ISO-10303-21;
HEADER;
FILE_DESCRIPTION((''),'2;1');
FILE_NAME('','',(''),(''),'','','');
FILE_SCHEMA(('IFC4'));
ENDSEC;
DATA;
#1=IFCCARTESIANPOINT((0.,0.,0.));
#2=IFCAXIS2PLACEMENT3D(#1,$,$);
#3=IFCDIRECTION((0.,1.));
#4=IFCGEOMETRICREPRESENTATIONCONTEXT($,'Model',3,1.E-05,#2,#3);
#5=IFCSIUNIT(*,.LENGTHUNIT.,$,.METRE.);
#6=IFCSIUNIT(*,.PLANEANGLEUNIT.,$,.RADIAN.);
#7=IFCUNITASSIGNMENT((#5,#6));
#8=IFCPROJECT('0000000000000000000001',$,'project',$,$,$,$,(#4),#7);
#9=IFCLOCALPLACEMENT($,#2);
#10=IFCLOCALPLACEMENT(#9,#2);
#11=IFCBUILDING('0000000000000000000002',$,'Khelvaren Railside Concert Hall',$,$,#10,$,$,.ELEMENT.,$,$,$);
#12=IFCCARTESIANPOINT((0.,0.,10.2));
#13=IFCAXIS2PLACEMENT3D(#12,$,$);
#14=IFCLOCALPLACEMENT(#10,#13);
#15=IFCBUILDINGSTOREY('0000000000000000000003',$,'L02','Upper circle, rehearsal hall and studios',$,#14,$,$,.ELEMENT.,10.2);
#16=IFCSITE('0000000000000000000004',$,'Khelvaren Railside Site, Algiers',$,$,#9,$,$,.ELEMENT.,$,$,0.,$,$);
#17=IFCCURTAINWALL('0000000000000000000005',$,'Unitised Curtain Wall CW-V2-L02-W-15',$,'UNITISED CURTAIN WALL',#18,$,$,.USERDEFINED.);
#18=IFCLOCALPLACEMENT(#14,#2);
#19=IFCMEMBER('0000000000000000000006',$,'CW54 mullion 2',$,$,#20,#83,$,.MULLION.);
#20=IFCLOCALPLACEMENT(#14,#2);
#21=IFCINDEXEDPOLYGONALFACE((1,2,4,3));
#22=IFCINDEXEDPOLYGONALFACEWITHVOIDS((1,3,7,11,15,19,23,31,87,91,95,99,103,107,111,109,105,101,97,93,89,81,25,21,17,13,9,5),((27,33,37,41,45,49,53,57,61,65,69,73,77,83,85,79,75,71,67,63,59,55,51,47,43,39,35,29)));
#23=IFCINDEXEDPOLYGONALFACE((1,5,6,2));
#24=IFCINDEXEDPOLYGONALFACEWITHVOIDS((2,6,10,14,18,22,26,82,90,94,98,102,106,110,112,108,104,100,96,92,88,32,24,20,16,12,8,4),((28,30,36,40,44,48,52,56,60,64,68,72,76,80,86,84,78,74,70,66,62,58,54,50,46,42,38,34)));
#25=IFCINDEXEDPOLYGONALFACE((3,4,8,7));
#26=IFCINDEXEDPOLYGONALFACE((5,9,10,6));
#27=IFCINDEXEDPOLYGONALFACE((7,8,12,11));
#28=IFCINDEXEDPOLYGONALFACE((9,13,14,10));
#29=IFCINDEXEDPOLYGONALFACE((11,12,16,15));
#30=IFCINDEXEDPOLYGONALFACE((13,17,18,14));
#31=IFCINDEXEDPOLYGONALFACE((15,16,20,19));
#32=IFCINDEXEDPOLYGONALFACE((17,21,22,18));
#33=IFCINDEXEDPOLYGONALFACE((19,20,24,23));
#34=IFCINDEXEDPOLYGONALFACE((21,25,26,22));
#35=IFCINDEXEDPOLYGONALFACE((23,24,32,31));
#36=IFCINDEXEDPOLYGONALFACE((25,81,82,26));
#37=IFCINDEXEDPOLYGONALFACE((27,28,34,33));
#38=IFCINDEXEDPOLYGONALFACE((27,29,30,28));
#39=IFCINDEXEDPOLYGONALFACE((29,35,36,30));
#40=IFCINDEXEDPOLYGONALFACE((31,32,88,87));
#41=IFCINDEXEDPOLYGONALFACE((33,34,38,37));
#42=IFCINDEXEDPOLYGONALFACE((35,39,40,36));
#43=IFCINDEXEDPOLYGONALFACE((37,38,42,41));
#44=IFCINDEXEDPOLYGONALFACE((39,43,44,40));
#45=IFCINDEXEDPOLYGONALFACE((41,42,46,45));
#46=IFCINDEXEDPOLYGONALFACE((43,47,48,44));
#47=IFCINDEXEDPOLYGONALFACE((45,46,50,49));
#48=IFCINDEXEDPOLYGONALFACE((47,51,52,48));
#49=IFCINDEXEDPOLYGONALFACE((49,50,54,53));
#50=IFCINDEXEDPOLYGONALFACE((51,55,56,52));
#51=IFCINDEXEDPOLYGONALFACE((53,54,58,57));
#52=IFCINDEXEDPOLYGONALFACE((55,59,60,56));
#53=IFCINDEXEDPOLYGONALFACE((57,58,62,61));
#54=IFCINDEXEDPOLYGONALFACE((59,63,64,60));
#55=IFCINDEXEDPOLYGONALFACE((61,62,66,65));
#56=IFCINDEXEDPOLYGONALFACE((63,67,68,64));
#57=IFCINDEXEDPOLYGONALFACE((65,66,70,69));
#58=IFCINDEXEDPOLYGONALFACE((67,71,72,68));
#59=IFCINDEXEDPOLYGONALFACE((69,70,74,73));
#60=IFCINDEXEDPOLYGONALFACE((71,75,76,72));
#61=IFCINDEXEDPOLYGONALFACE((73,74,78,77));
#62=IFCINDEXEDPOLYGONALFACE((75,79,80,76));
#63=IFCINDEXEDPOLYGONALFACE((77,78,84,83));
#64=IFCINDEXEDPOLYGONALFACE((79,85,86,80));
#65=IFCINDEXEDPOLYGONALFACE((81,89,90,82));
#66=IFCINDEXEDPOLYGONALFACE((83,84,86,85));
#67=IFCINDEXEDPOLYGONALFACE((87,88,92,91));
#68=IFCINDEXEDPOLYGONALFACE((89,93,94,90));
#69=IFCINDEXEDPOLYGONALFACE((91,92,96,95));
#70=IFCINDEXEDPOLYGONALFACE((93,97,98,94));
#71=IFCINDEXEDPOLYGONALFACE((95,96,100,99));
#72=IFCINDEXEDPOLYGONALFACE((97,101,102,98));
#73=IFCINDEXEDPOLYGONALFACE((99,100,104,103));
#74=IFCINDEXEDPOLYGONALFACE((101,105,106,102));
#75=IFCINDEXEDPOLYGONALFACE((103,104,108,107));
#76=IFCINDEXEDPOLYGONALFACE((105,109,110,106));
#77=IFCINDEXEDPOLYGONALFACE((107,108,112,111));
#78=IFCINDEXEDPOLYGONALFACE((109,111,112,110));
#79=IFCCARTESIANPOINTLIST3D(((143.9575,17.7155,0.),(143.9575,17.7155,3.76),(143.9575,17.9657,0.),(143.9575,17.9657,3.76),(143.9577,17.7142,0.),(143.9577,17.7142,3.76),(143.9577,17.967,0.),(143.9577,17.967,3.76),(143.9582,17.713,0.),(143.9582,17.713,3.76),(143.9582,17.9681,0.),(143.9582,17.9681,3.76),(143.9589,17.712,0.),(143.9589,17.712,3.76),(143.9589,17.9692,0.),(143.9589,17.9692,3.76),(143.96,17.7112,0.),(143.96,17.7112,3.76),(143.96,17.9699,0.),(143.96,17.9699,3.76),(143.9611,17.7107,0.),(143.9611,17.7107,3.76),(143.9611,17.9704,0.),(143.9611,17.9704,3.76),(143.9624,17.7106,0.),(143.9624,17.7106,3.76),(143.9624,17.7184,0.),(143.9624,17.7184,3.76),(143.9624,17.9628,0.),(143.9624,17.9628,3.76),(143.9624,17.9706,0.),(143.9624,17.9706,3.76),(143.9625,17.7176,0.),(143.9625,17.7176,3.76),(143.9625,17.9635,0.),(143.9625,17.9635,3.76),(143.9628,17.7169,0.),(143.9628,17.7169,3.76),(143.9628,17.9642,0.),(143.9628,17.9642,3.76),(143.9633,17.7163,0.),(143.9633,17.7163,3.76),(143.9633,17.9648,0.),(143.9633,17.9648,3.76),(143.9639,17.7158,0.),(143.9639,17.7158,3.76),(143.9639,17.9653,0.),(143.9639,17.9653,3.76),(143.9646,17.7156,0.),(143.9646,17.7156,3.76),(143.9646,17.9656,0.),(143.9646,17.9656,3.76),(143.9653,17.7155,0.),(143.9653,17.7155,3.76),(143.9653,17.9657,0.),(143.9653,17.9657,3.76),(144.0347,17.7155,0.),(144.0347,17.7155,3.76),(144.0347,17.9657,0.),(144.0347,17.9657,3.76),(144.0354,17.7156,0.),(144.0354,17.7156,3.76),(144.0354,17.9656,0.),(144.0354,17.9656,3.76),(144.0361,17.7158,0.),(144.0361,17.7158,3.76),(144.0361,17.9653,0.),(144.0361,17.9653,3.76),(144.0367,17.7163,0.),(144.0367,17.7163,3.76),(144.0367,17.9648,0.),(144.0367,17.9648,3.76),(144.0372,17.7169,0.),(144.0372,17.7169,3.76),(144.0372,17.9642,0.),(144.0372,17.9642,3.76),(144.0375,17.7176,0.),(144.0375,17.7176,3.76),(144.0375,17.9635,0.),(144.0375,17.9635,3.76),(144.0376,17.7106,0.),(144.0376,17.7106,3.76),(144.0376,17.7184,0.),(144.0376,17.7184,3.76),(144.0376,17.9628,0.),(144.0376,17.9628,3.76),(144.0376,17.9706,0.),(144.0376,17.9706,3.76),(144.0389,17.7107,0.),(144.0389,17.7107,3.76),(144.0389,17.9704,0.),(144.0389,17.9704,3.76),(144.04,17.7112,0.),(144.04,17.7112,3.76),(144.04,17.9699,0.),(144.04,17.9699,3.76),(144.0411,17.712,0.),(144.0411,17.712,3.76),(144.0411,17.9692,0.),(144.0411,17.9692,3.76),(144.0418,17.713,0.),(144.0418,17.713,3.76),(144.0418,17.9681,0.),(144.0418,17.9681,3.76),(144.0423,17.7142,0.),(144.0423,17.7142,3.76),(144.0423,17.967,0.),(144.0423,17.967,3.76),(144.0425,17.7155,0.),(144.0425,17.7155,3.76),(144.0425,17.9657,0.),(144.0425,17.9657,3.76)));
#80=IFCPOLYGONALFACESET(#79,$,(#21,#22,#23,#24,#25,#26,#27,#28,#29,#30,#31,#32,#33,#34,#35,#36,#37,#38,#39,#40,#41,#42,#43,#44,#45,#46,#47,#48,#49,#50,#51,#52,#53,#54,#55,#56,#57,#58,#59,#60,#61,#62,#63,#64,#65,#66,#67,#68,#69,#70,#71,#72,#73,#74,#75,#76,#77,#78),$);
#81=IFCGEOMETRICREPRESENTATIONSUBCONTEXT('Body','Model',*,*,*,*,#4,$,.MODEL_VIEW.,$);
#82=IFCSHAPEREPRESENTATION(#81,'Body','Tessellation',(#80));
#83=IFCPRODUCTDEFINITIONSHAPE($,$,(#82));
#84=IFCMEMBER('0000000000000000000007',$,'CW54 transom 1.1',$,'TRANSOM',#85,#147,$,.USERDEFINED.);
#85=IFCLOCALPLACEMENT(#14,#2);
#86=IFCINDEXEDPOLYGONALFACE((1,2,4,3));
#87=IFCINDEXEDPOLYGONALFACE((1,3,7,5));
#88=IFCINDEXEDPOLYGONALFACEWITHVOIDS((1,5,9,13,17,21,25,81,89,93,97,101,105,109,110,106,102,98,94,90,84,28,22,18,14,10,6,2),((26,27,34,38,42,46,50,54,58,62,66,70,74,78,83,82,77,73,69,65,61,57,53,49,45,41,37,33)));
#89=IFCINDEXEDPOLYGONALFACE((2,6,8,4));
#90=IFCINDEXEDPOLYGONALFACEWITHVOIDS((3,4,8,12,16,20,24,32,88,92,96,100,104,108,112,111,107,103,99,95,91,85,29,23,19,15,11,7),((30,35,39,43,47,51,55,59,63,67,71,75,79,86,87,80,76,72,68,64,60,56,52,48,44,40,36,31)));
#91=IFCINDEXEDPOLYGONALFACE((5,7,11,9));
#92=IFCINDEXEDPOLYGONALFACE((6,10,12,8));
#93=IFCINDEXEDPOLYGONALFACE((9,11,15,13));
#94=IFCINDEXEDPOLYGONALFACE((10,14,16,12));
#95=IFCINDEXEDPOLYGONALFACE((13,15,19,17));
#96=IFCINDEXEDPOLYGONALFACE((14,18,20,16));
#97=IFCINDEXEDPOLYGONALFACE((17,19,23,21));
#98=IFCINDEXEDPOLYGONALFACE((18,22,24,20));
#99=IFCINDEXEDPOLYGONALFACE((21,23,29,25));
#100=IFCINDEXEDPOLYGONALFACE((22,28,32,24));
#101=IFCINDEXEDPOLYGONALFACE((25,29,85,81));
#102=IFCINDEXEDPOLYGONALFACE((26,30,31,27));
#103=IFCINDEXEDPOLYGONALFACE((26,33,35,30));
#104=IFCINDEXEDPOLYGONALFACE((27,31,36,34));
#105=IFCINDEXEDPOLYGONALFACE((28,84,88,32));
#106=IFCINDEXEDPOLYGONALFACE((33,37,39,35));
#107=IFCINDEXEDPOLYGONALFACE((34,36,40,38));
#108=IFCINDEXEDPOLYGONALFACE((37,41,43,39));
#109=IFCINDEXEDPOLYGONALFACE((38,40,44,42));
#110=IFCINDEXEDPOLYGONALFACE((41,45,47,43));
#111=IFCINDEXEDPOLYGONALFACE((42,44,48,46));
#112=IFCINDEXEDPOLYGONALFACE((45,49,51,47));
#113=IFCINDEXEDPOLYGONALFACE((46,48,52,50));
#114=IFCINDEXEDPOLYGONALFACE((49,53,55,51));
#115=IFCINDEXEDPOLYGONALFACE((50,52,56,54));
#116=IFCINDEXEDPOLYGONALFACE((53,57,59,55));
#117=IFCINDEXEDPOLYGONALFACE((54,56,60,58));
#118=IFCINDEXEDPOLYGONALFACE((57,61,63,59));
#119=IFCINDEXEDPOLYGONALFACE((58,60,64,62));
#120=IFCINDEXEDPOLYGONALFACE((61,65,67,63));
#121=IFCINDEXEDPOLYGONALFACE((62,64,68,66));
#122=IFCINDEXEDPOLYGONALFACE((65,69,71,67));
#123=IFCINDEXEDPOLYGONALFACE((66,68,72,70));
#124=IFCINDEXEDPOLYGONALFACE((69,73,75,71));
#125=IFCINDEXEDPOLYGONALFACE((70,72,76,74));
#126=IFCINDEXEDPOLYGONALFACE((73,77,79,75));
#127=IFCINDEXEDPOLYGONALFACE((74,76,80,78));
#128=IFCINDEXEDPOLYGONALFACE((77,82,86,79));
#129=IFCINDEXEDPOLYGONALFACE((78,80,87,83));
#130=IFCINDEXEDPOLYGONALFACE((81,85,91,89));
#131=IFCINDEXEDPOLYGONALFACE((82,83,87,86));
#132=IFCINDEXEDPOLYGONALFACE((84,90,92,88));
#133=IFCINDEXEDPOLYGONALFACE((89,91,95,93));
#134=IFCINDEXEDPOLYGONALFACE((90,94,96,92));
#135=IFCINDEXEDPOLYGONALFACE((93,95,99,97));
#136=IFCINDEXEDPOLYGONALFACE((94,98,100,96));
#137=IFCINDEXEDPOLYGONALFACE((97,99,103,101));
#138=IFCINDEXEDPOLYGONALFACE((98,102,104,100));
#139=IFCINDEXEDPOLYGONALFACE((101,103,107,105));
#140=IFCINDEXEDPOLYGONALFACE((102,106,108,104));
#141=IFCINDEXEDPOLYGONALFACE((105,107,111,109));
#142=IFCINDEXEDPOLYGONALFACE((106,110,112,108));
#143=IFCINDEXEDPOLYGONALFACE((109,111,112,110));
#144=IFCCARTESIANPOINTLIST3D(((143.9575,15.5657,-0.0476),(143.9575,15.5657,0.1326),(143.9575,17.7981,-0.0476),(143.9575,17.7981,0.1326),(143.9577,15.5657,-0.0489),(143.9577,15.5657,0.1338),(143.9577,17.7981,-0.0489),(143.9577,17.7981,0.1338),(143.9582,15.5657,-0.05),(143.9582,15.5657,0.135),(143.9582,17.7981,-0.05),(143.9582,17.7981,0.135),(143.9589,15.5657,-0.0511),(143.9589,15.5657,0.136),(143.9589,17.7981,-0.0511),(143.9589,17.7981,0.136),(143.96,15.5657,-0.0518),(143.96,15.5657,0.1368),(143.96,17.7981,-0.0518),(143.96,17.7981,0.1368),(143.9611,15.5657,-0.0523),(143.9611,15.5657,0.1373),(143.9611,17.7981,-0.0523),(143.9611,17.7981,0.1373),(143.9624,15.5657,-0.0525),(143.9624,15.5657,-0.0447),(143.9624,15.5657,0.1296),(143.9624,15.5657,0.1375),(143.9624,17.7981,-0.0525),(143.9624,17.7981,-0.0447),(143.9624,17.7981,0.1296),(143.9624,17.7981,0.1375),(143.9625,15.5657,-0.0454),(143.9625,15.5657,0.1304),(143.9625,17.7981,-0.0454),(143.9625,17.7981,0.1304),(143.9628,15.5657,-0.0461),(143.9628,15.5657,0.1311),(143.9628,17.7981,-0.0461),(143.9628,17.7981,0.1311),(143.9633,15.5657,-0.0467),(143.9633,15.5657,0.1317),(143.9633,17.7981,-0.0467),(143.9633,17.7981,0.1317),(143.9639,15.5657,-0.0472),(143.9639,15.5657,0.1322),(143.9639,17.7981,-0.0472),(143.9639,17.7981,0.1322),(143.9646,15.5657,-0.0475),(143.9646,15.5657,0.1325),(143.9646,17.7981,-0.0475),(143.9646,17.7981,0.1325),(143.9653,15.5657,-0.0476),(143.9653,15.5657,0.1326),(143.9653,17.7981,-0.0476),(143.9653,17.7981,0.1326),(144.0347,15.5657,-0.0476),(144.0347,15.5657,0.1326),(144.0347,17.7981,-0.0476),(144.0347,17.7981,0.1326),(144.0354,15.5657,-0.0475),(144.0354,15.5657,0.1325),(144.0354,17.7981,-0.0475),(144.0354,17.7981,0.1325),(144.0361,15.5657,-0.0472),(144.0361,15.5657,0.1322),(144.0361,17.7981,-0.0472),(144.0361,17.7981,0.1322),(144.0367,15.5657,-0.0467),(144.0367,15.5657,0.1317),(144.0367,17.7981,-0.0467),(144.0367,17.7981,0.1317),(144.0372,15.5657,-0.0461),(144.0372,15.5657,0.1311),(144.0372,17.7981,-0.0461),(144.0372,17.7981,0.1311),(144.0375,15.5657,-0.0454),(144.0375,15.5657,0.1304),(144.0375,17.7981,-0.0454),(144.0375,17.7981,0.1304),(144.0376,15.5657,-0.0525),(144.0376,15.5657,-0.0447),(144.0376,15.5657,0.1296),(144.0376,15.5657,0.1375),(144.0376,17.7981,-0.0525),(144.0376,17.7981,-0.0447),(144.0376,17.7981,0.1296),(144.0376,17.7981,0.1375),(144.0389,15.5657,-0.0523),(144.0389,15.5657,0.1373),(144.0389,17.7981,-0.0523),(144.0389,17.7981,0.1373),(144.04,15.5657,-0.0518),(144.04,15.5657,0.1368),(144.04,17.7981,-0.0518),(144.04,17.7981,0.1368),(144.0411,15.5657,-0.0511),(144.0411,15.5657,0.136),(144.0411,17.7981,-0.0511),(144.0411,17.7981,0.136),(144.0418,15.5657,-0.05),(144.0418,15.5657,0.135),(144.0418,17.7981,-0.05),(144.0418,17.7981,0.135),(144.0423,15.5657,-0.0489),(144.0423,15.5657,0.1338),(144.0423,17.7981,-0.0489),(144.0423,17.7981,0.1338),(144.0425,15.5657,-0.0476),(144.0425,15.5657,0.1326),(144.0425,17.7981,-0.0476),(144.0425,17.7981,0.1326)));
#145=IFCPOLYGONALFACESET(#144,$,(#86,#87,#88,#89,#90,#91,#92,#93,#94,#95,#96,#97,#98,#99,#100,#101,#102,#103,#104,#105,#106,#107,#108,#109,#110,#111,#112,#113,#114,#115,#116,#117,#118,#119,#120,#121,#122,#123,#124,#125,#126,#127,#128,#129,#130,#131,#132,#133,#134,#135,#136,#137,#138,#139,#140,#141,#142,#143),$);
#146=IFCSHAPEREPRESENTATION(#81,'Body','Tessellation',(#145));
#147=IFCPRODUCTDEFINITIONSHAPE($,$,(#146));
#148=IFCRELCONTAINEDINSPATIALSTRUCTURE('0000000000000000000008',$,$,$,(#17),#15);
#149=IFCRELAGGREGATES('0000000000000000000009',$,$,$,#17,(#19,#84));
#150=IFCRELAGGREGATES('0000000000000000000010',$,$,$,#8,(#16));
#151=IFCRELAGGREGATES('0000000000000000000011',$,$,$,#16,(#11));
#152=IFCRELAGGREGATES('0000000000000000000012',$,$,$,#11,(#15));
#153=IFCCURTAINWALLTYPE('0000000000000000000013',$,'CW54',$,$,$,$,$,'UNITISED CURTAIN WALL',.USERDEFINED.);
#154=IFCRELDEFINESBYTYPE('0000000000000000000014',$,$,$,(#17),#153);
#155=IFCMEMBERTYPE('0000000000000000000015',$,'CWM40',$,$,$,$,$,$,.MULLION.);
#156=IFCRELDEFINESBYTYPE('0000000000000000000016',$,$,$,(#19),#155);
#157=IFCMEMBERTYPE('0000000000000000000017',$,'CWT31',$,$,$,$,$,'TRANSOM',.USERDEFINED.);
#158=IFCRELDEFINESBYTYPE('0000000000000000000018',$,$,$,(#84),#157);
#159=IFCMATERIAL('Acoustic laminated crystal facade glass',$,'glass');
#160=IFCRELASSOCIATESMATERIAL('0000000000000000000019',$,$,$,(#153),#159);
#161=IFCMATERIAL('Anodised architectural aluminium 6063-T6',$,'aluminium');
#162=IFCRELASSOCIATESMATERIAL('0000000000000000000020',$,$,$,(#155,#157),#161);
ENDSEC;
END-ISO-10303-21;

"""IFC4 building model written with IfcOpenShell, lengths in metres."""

from ifc_helpers import new_model, si_unit, direction, frame, origin, origin_2d, place, context, subcontext, project, spatial, hollow_rectangle, extrude, material, material_profile, profile_set, type_object, element, aggregate, save


model = new_model("IFC4")

# Units and contexts
model_context = context("Model", 3, precision=1e-05, world=origin(), true_north=direction((0.0, 1.0)))
body_context = subcontext(model_context, "Body", "Model", "MODEL_VIEW")
ifc_project = project(units=[si_unit("LENGTHUNIT", "METRE"), si_unit("PLANEANGLEUNIT", "RADIAN")], contexts=[model_context])

# Site, building, storey
site_placement = place(None, origin())
site = spatial("IfcSite", under=ifc_project, at=site_placement, Name="Khelvaren Railside Site, Algiers", CompositionType="ELEMENT", RefElevation=0.0)
building_placement = place(site_placement, origin())
building = spatial("IfcBuilding", under=site, at=building_placement, Name="Khelvaren Railside Concert Hall", CompositionType="ELEMENT")
storey_placement = place(building_placement, frame((0.0, 0.0, 10.2)))
storey = spatial("IfcBuildingStorey", under=building, at=storey_placement, Name="L02", Description="Upper circle, rehearsal hall and studios", CompositionType="ELEMENT", Elevation=10.2)

# Shared definitions
ifc_material_1 = material(Name="Anodised architectural aluminium 6063-T6", Category="aluminium")

# Curtain wall, members
ifc_material_2 = material(Name="Acoustic laminated crystal facade glass", Category="glass")
curtain_wall_type_1 = type_object("IfcCurtainWallType", Name="CW54", ElementType="UNITISED CURTAIN WALL", PredefinedType="USERDEFINED", material=ifc_material_2)
curtain_wall_1_placement = place(storey_placement, origin())
curtain_wall_1 = element("IfcCurtainWall", 1, at=curtain_wall_1_placement, inside=storey, type_object=curtain_wall_type_1, Name="Unitised Curtain Wall CW-V2-L02-W-15", ObjectType="UNITISED CURTAIN WALL", PredefinedType="USERDEFINED")
ifc_material_profile_1 = material_profile(ifc_material_1, hollow_rectangle(XDim=0.085, YDim=0.26, WallThickness=0.0049, InnerFilletRadius=0.0029, OuterFilletRadius=0.0049, at=origin_2d()), Name="CWM 85x260x5")
ifc_profile_set_1 = profile_set([ifc_material_profile_1], Name="Anodised architectural aluminium 6063-T6")
member_type_1 = type_object("IfcMemberType", Name="CWM40", PredefinedType="MULLION", material=ifc_profile_set_1)
member_1_placement = place(storey_placement, frame((144.0, 17.8406, 0.0), z_axis=(0.0, 0.0, 1.0), x_axis=(-1.0, 0.0, 0.0)))
member_1 = element("IfcMember", 2, at=member_1_placement, type_object=member_type_1, Name="CW54 mullion 2", PredefinedType="MULLION", context=body_context, shape_type="SweptSolid", body=[
    extrude(hollow_rectangle(XDim=0.085, YDim=0.26, WallThickness=0.0049, InnerFilletRadius=0.0029, OuterFilletRadius=0.0049, at=origin_2d()), origin(), (0.0, 0.0, 1.0), 3.76),
])
ifc_material_profile_2 = material_profile(ifc_material_1, hollow_rectangle(XDim=0.085, YDim=0.1899, WallThickness=0.0049, InnerFilletRadius=0.0029, OuterFilletRadius=0.0049, at=origin_2d()), Name="CWT 85x190x5")
ifc_profile_set_2 = profile_set([ifc_material_profile_2], Name="Anodised architectural aluminium 6063-T6")
member_type_2 = type_object("IfcMemberType", Name="CWT31", ElementType="TRANSOM", PredefinedType="USERDEFINED", material=ifc_profile_set_2)
member_2_placement = place(storey_placement, frame((144.0, 15.5657, 0.0425), z_axis=(0.0, 1.0, 0.0), x_axis=(-1.0, 0.0, 0.0)))
member_2 = element("IfcMember", 3, at=member_2_placement, type_object=member_type_2, Name="CW54 transom 1.1", ObjectType="TRANSOM", PredefinedType="USERDEFINED", context=body_context, shape_type="SweptSolid", body=[
    extrude(hollow_rectangle(XDim=0.085, YDim=0.1899, WallThickness=0.0049, InnerFilletRadius=0.0029, OuterFilletRadius=0.0049, at=origin_2d()), origin(), (0.0, 0.0, 1.0), 2.2324),
])

aggregate(curtain_wall_1, [member_1, member_2])

save(model, "model.ifc")
